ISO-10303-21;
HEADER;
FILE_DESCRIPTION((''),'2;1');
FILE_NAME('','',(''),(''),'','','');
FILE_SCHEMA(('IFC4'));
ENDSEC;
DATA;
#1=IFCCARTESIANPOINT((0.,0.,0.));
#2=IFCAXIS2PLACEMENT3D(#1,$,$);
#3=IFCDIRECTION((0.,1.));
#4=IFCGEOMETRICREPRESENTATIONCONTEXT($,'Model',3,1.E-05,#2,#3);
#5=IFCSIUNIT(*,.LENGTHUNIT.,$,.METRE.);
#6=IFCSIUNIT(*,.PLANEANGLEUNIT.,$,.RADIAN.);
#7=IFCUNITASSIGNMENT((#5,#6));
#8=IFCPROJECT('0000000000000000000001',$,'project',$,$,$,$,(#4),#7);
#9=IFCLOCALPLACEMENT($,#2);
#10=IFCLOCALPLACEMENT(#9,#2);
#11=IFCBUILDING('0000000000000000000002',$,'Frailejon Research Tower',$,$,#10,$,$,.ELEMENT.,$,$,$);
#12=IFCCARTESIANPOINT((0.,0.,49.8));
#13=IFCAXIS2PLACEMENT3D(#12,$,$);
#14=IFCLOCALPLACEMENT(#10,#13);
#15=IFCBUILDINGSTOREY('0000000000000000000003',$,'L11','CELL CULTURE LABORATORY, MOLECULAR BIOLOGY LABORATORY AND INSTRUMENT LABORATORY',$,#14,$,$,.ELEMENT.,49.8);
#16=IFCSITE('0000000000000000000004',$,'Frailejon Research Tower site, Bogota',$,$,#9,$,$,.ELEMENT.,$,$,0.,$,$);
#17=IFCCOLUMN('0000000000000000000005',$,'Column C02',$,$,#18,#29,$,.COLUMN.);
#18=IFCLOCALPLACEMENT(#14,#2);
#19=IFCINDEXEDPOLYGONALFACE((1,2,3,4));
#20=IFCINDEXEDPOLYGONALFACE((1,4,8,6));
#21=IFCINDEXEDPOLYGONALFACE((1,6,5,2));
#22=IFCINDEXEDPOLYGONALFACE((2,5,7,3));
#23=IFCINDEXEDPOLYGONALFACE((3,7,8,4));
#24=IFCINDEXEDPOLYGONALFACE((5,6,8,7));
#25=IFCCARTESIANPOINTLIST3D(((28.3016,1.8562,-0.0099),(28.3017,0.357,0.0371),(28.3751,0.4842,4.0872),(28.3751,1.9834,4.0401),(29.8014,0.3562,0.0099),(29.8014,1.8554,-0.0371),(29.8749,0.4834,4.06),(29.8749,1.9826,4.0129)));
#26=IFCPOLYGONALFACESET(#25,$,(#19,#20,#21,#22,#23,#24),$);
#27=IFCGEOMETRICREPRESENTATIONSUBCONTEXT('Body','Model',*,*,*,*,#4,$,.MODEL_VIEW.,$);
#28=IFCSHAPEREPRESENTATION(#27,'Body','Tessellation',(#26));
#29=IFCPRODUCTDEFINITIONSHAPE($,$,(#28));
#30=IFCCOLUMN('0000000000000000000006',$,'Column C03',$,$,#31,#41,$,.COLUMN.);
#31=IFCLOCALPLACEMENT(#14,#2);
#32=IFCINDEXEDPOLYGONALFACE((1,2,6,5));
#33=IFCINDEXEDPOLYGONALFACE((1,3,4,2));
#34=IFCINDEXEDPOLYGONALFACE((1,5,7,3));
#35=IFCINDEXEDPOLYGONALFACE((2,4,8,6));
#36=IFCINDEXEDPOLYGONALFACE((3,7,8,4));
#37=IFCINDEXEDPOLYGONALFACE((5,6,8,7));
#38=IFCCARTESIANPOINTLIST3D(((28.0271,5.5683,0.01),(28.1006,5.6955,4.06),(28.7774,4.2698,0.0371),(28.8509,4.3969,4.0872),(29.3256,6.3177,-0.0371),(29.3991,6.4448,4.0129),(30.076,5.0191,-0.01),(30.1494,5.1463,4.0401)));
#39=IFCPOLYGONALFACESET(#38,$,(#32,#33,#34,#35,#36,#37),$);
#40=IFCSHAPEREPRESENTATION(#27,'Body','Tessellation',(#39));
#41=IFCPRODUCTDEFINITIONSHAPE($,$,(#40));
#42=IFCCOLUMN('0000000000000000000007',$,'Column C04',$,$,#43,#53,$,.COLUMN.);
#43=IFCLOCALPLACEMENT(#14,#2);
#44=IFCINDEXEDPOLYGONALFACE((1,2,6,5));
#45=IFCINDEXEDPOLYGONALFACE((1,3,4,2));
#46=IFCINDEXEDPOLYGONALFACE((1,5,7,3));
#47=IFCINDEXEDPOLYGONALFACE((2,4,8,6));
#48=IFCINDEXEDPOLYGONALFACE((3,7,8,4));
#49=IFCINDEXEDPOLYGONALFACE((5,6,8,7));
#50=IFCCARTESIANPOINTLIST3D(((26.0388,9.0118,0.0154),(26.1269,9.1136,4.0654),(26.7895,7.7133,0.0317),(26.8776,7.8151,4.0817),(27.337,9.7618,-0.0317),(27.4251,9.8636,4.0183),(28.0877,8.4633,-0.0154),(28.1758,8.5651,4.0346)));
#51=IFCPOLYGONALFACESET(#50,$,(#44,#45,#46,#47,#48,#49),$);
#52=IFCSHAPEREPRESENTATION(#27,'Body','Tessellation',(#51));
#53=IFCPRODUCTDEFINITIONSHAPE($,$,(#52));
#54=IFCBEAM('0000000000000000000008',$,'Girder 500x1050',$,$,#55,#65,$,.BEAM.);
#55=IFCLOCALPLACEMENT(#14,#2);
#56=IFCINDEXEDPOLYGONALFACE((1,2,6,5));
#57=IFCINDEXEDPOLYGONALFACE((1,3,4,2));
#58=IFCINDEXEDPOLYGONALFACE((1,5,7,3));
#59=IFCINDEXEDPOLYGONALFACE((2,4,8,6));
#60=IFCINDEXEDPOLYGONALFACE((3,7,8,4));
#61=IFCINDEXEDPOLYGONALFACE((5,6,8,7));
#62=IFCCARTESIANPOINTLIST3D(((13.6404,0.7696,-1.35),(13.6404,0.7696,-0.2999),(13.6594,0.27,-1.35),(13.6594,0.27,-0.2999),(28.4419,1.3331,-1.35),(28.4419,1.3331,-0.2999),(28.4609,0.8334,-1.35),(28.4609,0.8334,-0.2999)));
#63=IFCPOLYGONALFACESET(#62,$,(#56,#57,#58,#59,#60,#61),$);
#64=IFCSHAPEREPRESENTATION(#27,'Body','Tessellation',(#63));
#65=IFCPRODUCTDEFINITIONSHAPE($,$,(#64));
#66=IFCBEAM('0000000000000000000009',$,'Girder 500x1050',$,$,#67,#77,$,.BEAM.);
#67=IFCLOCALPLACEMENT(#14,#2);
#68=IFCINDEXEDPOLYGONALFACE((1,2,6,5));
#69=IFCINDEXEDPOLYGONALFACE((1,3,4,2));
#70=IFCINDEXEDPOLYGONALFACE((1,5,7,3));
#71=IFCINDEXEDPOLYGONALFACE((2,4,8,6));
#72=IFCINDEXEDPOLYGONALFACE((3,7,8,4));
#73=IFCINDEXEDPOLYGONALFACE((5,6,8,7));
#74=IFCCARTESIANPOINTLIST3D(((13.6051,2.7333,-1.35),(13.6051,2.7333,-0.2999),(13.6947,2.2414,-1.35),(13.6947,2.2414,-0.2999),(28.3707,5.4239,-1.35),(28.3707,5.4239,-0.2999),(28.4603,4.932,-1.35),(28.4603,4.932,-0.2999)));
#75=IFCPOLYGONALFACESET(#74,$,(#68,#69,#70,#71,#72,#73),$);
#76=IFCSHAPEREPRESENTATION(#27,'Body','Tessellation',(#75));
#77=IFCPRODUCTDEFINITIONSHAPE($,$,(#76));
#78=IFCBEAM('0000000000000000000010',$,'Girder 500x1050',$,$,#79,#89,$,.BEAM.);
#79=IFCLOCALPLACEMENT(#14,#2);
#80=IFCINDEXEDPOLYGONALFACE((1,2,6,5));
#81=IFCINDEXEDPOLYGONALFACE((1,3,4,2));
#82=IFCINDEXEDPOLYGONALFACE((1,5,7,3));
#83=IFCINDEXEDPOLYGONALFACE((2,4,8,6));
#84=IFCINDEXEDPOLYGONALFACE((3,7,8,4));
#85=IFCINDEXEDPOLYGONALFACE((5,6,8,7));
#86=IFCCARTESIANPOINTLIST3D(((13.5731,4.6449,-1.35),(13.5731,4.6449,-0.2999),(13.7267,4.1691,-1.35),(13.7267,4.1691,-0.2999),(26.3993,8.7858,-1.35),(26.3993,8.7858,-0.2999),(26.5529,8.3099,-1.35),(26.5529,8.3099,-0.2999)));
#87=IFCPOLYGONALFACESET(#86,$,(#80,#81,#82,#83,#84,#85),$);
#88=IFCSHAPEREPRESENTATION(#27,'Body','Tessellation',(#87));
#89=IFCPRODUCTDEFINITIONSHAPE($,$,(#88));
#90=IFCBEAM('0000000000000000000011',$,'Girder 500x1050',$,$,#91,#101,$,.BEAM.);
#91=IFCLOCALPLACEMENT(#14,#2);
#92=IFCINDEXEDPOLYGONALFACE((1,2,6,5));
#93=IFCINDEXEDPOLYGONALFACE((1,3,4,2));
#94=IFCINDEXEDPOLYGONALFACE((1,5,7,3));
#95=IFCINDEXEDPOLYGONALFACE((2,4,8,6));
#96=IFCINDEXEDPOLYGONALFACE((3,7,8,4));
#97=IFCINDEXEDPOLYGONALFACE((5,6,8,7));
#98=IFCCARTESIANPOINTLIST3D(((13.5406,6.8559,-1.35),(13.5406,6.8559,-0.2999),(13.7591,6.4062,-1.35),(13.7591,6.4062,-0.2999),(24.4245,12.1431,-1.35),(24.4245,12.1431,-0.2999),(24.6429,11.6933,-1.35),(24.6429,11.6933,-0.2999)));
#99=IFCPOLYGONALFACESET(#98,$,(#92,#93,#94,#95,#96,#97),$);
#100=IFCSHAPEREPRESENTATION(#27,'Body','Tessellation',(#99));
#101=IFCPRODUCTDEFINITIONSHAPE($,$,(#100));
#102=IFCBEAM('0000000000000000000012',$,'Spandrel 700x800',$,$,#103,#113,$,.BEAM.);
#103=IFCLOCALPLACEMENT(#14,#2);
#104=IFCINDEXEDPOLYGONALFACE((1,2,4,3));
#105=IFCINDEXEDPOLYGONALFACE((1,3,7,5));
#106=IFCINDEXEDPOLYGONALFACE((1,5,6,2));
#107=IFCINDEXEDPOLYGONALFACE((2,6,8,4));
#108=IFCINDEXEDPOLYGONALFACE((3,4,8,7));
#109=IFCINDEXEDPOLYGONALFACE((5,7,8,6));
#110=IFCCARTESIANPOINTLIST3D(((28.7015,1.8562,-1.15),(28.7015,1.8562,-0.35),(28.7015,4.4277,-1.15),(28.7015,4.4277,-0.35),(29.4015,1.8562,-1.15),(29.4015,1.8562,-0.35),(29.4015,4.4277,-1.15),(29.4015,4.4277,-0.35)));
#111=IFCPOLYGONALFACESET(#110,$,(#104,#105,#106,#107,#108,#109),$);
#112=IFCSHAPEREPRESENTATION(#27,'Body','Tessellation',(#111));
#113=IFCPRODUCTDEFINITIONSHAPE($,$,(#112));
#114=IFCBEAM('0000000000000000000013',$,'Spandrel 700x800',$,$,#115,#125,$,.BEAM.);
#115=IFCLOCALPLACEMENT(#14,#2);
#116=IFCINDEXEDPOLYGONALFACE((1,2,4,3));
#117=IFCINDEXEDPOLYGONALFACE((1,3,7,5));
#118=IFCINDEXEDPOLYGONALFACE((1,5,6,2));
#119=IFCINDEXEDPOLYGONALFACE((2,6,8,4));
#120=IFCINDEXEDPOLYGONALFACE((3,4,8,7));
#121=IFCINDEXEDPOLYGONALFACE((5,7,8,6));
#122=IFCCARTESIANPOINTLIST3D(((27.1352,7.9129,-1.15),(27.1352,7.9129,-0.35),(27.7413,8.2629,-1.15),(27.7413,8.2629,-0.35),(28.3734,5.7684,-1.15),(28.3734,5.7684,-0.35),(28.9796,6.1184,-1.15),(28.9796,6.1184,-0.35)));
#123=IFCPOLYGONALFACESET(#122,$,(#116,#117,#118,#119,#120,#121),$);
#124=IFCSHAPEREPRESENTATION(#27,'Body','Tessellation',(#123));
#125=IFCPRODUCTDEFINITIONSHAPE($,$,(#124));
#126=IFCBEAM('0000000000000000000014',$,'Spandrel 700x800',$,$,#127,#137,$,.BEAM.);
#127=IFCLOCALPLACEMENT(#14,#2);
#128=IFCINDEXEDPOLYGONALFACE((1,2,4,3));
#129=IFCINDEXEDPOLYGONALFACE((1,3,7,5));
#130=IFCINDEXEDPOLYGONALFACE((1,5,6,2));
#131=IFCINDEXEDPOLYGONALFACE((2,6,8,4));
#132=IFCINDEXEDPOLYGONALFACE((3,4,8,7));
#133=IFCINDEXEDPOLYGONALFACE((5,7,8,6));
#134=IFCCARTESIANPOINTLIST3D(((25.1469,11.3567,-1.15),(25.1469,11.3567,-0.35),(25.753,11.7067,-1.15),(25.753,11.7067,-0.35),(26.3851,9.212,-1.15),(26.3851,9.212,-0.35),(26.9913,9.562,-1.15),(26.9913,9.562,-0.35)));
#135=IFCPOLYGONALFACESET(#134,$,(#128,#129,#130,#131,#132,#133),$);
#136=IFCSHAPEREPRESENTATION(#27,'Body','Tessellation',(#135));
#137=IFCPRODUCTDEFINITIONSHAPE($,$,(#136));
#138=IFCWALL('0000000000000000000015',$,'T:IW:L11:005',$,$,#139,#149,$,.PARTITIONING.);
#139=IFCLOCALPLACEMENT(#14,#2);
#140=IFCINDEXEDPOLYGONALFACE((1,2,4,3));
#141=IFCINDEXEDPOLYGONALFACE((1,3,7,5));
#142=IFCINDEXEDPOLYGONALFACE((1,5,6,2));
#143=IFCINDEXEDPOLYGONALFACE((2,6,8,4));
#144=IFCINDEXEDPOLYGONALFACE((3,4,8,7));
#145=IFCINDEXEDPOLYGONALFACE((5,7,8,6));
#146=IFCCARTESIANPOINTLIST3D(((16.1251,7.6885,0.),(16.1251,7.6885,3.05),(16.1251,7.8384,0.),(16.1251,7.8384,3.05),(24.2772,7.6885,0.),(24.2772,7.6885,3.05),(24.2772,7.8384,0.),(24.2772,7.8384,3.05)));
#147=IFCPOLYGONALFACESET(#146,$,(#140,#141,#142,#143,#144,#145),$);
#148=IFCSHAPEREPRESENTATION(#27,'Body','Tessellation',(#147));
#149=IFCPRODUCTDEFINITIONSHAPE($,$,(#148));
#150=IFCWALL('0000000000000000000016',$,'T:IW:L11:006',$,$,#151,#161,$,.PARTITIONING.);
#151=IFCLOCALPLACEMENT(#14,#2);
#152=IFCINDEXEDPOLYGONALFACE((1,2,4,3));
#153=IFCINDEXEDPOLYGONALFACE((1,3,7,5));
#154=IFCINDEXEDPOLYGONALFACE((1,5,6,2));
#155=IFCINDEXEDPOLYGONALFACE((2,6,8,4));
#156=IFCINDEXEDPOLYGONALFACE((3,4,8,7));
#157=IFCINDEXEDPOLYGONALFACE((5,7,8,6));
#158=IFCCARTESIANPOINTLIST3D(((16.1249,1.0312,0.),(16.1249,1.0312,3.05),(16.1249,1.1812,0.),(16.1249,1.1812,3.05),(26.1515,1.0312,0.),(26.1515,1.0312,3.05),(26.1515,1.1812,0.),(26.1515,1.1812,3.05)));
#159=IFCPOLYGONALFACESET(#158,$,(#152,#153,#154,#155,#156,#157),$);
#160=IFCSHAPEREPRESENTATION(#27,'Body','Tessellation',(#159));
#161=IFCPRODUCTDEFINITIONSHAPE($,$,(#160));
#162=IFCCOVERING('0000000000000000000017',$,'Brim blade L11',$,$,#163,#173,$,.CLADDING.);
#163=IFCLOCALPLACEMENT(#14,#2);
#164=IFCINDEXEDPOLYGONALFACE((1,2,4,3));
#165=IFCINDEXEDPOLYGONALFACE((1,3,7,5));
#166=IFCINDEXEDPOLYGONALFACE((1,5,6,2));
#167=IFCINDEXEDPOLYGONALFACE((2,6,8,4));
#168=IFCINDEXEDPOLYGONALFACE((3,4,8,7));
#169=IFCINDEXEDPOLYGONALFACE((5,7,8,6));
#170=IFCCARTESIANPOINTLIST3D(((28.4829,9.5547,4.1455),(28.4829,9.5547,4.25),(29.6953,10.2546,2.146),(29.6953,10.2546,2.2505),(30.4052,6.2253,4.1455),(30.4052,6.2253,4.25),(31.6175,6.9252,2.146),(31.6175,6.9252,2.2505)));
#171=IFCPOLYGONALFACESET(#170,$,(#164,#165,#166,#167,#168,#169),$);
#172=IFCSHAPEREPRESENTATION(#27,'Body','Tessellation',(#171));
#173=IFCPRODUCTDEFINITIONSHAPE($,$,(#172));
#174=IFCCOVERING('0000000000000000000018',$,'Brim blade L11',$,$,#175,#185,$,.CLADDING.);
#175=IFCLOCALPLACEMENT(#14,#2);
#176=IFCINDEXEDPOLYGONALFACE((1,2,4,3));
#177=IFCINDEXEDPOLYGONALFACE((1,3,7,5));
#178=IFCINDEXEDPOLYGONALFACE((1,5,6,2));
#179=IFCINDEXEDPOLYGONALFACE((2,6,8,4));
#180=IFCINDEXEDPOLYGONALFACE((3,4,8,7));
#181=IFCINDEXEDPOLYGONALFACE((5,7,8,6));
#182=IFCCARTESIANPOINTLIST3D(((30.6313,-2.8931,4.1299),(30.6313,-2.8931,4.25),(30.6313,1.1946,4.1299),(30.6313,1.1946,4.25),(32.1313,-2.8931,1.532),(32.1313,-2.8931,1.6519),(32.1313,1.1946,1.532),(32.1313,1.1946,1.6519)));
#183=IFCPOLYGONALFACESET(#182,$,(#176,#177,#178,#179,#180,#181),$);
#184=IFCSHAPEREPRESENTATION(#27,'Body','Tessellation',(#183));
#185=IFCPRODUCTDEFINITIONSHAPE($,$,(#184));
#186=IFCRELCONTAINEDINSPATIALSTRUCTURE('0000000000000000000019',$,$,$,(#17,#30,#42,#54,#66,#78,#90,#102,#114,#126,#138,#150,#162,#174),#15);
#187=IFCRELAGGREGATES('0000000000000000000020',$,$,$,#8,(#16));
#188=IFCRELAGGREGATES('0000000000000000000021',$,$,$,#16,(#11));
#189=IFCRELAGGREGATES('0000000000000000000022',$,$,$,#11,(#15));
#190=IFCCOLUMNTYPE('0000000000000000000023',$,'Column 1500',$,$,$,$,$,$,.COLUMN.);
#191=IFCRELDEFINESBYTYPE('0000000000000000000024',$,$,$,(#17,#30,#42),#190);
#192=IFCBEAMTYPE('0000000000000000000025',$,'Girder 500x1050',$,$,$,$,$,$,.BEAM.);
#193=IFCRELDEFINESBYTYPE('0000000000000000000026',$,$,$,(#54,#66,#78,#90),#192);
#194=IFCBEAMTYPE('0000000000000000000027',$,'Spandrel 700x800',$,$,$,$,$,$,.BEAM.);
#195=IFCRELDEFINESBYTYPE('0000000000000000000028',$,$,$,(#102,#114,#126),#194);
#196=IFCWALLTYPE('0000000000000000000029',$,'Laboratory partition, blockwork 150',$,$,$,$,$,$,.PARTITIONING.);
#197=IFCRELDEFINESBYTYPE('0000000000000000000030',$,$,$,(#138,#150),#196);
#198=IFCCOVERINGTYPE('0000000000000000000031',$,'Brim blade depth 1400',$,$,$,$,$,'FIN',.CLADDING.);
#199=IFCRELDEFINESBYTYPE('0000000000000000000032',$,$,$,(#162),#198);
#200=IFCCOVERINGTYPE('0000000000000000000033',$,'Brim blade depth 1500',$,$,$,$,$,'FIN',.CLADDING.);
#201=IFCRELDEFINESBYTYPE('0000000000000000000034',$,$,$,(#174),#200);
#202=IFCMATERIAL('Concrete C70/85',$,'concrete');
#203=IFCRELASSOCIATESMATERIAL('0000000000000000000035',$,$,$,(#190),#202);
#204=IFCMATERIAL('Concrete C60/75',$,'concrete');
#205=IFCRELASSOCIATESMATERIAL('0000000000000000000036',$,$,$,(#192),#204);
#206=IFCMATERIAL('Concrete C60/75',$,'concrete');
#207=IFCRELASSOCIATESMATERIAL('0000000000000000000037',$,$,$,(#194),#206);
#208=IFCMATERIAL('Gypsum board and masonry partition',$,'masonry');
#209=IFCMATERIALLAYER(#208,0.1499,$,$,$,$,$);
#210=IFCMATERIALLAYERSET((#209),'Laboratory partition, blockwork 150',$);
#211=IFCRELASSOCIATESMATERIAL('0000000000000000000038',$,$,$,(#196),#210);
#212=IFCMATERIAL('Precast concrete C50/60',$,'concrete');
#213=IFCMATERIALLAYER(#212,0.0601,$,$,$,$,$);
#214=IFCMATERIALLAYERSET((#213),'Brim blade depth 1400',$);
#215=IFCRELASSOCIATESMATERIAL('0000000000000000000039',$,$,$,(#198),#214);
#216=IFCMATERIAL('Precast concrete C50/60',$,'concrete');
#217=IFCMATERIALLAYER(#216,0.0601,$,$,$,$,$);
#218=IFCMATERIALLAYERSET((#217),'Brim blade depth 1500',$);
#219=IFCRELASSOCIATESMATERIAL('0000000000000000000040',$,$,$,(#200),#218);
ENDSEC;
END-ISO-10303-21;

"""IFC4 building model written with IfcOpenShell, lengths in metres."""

from ifc_helpers import new_model, si_unit, direction, frame, frame_2d, origin, origin_2d, place, context, subcontext, project, spatial, polyline, rectangle, outline, extrude, material, layer, layer_set, material_profile, profile_set, type_object, element, save


model = new_model("IFC4")

# Units and contexts
model_context = context("Model", 3, precision=1e-05, world=origin(), true_north=direction((0.0, 1.0)))
body_context = subcontext(model_context, "Body", "Model", "MODEL_VIEW")
ifc_project = project(units=[si_unit("LENGTHUNIT", "METRE"), si_unit("PLANEANGLEUNIT", "RADIAN")], contexts=[model_context])

# Site, building, storey
site_placement = place(None, origin())
site = spatial("IfcSite", under=ifc_project, at=site_placement, Name="Frailejon Research Tower site, Bogota", CompositionType="ELEMENT", RefElevation=0.0)
building_placement = place(site_placement, origin())
building = spatial("IfcBuilding", under=site, at=building_placement, Name="Frailejon Research Tower", CompositionType="ELEMENT")
storey_placement = place(building_placement, frame((0.0, 0.0, 49.8)))
storey = spatial("IfcBuildingStorey", under=building, at=storey_placement, Name="L11", Description="CELL CULTURE LABORATORY, MOLECULAR BIOLOGY LABORATORY AND INSTRUMENT LABORATORY", CompositionType="ELEMENT", Elevation=49.8)

# Columns
ifc_material_1 = material(Name="Concrete C70/85", Category="concrete")
ifc_material_profile_1 = material_profile(ifc_material_1, rectangle(XDim=1.5, YDim=1.5, at=origin_2d()), Name="Column 1500")
ifc_profile_set_1 = profile_set([ifc_material_profile_1], Name="Concrete C70/85")
column_type = type_object("IfcColumnType", Name="Column 1500", PredefinedType="COLUMN", material=ifc_profile_set_1)
for number, where, z_axis, x_axis, name in (
    (1, (29.0515, 1.1062, 0.0), (0.018133, 0.031386, 0.999343), (-0.000022, 0.999507, -0.03139), "Column C02"),
    (2, (29.0515, 5.2937, 0.0), (0.018133, 0.031386, 0.999343), (-0.500209, 0.865715, -0.018113), "Column C03"),
):
    element("IfcColumn", number, at=place(storey_placement, frame(where, z_axis=z_axis, x_axis=x_axis)), inside=storey, type_object=column_type, Name=name, PredefinedType="COLUMN", context=body_context, shape_type="SweptSolid", body=[
        extrude(rectangle(XDim=1.5, YDim=1.5, at=origin_2d()), origin(), (0.0, 0.0, 1.0), 4.0527),
    ])
column_placement = place(storey_placement, frame((27.0632, 8.7375, 0.0), z_axis=(0.021749, 0.025123, 0.999448), x_axis=(-0.500502, 0.865667, -0.010869)))
element("IfcColumn", 3, at=column_placement, inside=storey, type_object=column_type, Name="Column C04", PredefinedType="COLUMN", context=body_context, shape_type="SweptSolid", body=[
    extrude(rectangle(XDim=1.5, YDim=1.5, at=origin_2d()), origin(), (0.0, 0.0, 1.0), 4.0522),
])

# Beams
ifc_material_2 = material(Name="Concrete C60/75", Category="concrete")
ifc_material_profile_2 = material_profile(ifc_material_2, rectangle(XDim=0.5, YDim=1.05, at=origin_2d()), Name="Girder 500x1050")
ifc_profile_set_2 = profile_set([ifc_material_profile_2], Name="Concrete C60/75")
beam_type_1 = type_object("IfcBeamType", Name="Girder 500x1050", PredefinedType="BEAM", material=ifc_profile_set_2)
beam_1_placement = place(storey_placement, frame((28.4514, 1.0833, -0.825), z_axis=(-0.999276, -0.038041, 0.0), x_axis=(0.038041, -0.999276, 0.0)))
element("IfcBeam", 4, at=beam_1_placement, inside=storey, type_object=beam_type_1, Name="Girder 500x1050", PredefinedType="BEAM", context=body_context, shape_type="SweptSolid", body=[
    extrude(rectangle(XDim=0.5, YDim=1.05, at=origin_2d()), origin(), (0.0, 0.0, 1.0), 14.8123),
])
beam_2_placement = place(storey_placement, frame((28.4155, 5.178, -0.825), z_axis=(-0.983799, -0.179273, 0.0), x_axis=(0.179273, -0.983799, 0.0)))
element("IfcBeam", 5, at=beam_2_placement, inside=storey, type_object=beam_type_1, Name="Girder 500x1050", PredefinedType="BEAM", context=body_context, shape_type="SweptSolid", body=[
    extrude(rectangle(XDim=0.5, YDim=1.05, at=origin_2d()), origin(), (0.0, 0.0, 1.0), 15.0088),
])
beam_3_placement = place(storey_placement, frame((26.4761, 8.5479, -0.825), z_axis=(-0.951635, -0.307231, 0.0), x_axis=(0.307231, -0.951635, 0.0)))
element("IfcBeam", 6, at=beam_3_placement, inside=storey, type_object=beam_type_1, Name="Girder 500x1050", PredefinedType="BEAM", context=body_context, shape_type="SweptSolid", body=[
    extrude(rectangle(XDim=0.5, YDim=1.05, at=origin_2d()), origin(), (0.0, 0.0, 1.0), 13.478),
])
beam_4_placement = place(storey_placement, frame((24.5337, 11.9182, -0.825), z_axis=(-0.899486, -0.436951, 0.0), x_axis=(0.436951, -0.899486, 0.0)))
element("IfcBeam", 7, at=beam_4_placement, inside=storey, type_object=beam_type_1, Name="Girder 500x1050", PredefinedType="BEAM", context=body_context, shape_type="SweptSolid", body=[
    extrude(rectangle(XDim=0.5, YDim=1.05, at=origin_2d()), origin(), (0.0, 0.0, 1.0), 12.1001),
])
ifc_material_3 = material(Name="Concrete C60/75", Category="concrete")
ifc_material_profile_3 = material_profile(ifc_material_3, rectangle(XDim=0.7, YDim=0.8, at=origin_2d()), Name="Spandrel 700x800")
ifc_profile_set_3 = profile_set([ifc_material_profile_3], Name="Concrete C60/75")
beam_type_2 = type_object("IfcBeamType", Name="Spandrel 700x800", PredefinedType="BEAM", material=ifc_profile_set_3)
beam_5_placement = place(storey_placement, frame((29.0515, 1.8562, -0.75), z_axis=(0.0, 1.0, 0.0), x_axis=(-1.0, 0.0, 0.0)))
element("IfcBeam", 8, at=beam_5_placement, inside=storey, type_object=beam_type_2, Name="Spandrel 700x800", PredefinedType="BEAM", context=body_context, shape_type="SweptSolid", body=[
    extrude(rectangle(XDim=0.7, YDim=0.8, at=origin_2d()), origin(), (0.0, 0.0, 1.0), 2.5715),
])
beam_6_placement = place(storey_placement, frame((28.6765, 5.9434, -0.75), z_axis=(-0.500041, 0.866002, 0.0), x_axis=(-0.866002, -0.500041, 0.0)))
element("IfcBeam", 9, at=beam_6_placement, inside=storey, type_object=beam_type_2, Name="Spandrel 700x800", PredefinedType="BEAM", context=body_context, shape_type="SweptSolid", body=[
    extrude(rectangle(XDim=0.7, YDim=0.8, at=origin_2d()), origin(), (0.0, 0.0, 1.0), 2.4763),
])
beam_7_placement = place(storey_placement, frame((26.6882, 9.387, -0.75), z_axis=(-0.499998, 0.866026, 0.0), x_axis=(-0.866026, -0.499998, 0.0)))
element("IfcBeam", 10, at=beam_7_placement, inside=storey, type_object=beam_type_2, Name="Spandrel 700x800", PredefinedType="BEAM", context=body_context, shape_type="SweptSolid", body=[
    extrude(rectangle(XDim=0.7, YDim=0.8, at=origin_2d()), origin(), (0.0, 0.0, 1.0), 2.4766),
])

# Walls
ifc_material_4 = material(Name="Gypsum board and masonry partition", Category="masonry")
ifc_layer_1 = layer(ifc_material_4, 0.1499)
ifc_layer_set_1 = layer_set([ifc_layer_1], Name="Laboratory partition, blockwork 150")
wall_type_1 = type_object("IfcWallType", Name="Laboratory partition, blockwork 150", PredefinedType="PARTITIONING", material=ifc_layer_set_1)
wall_1_placement = place(storey_placement, frame((16.125, 7.7634, 0.0), z_axis=(0.0, 0.0, 1.0), x_axis=(1.0, 0.0, 0.0)))
element("IfcWall", 11, at=wall_1_placement, inside=storey, type_object=wall_type_1, Name="T:IW:L11:005", PredefinedType="PARTITIONING", context=body_context, shape_type="SweptSolid", body=[
    extrude(rectangle(XDim=8.1521, YDim=0.1499, at=frame_2d((4.0762, 0.0))), origin(), (0.0, 0.0, 1.0), 3.05),
])
wall_2_placement = place(storey_placement, frame((16.125, 1.1062, 0.0), z_axis=(0.0, 0.0, 1.0), x_axis=(1.0, 0.0, 0.0)))
element("IfcWall", 12, at=wall_2_placement, inside=storey, type_object=wall_type_1, Name="T:IW:L11:006", PredefinedType="PARTITIONING", context=body_context, shape_type="SweptSolid", body=[
    extrude(rectangle(XDim=10.0266, YDim=0.1499, at=frame_2d((5.0132, 0.0))), origin(), (0.0, 0.0, 1.0), 3.05),
])

# Coverings
ifc_material_5 = material(Name="Precast concrete C50/60", Category="concrete")
ifc_layer_2 = layer(ifc_material_5, 0.0601)
ifc_layer_set_2 = layer_set([ifc_layer_2], Name="Brim blade depth 1400")
covering_type_1 = type_object("IfcCoveringType", Name="Brim blade depth 1400", ElementType="FIN", PredefinedType="CLADDING", material=ifc_layer_set_2)
covering_1_placement = place(storey_placement, frame((28.4829, 9.5547, 4.25), z_axis=(0.500003, -0.866024, 0.0), x_axis=(0.866024, 0.500003, 0.0)))
element("IfcCovering", 13, at=covering_1_placement, inside=storey, type_object=covering_type_1, Name="Brim blade L11", PredefinedType="CLADDING", context=body_context, shape_type="SweptSolid", body=[
    extrude(outline(polyline([(0.0, -0.1045), (1.3999, -2.104), (1.3999, -1.9995), (0.0, 0.0), (0.0, -0.1045)])), origin(), (0.0, 0.0, 1.0), 3.8445),
])
ifc_material_6 = material(Name="Precast concrete C50/60", Category="concrete")
ifc_layer_3 = layer(ifc_material_6, 0.0601)
ifc_layer_set_3 = layer_set([ifc_layer_3], Name="Brim blade depth 1500")
covering_type_2 = type_object("IfcCoveringType", Name="Brim blade depth 1500", ElementType="FIN", PredefinedType="CLADDING", material=ifc_layer_set_3)
covering_2_placement = place(storey_placement, frame((30.6313, 1.1946, 4.25), z_axis=(0.0, -1.0, 0.0), x_axis=(1.0, 0.0, 0.0)))
element("IfcCovering", 14, at=covering_2_placement, inside=storey, type_object=covering_type_2, Name="Brim blade L11", PredefinedType="CLADDING", context=body_context, shape_type="SweptSolid", body=[
    extrude(outline(polyline([(0.0, -0.1201), (1.5, -2.718), (1.5, -2.5981), (0.0, 0.0), (0.0, -0.1201)])), origin(), (0.0, 0.0, 1.0), 4.0876),
])

save(model, "model.ifc")
